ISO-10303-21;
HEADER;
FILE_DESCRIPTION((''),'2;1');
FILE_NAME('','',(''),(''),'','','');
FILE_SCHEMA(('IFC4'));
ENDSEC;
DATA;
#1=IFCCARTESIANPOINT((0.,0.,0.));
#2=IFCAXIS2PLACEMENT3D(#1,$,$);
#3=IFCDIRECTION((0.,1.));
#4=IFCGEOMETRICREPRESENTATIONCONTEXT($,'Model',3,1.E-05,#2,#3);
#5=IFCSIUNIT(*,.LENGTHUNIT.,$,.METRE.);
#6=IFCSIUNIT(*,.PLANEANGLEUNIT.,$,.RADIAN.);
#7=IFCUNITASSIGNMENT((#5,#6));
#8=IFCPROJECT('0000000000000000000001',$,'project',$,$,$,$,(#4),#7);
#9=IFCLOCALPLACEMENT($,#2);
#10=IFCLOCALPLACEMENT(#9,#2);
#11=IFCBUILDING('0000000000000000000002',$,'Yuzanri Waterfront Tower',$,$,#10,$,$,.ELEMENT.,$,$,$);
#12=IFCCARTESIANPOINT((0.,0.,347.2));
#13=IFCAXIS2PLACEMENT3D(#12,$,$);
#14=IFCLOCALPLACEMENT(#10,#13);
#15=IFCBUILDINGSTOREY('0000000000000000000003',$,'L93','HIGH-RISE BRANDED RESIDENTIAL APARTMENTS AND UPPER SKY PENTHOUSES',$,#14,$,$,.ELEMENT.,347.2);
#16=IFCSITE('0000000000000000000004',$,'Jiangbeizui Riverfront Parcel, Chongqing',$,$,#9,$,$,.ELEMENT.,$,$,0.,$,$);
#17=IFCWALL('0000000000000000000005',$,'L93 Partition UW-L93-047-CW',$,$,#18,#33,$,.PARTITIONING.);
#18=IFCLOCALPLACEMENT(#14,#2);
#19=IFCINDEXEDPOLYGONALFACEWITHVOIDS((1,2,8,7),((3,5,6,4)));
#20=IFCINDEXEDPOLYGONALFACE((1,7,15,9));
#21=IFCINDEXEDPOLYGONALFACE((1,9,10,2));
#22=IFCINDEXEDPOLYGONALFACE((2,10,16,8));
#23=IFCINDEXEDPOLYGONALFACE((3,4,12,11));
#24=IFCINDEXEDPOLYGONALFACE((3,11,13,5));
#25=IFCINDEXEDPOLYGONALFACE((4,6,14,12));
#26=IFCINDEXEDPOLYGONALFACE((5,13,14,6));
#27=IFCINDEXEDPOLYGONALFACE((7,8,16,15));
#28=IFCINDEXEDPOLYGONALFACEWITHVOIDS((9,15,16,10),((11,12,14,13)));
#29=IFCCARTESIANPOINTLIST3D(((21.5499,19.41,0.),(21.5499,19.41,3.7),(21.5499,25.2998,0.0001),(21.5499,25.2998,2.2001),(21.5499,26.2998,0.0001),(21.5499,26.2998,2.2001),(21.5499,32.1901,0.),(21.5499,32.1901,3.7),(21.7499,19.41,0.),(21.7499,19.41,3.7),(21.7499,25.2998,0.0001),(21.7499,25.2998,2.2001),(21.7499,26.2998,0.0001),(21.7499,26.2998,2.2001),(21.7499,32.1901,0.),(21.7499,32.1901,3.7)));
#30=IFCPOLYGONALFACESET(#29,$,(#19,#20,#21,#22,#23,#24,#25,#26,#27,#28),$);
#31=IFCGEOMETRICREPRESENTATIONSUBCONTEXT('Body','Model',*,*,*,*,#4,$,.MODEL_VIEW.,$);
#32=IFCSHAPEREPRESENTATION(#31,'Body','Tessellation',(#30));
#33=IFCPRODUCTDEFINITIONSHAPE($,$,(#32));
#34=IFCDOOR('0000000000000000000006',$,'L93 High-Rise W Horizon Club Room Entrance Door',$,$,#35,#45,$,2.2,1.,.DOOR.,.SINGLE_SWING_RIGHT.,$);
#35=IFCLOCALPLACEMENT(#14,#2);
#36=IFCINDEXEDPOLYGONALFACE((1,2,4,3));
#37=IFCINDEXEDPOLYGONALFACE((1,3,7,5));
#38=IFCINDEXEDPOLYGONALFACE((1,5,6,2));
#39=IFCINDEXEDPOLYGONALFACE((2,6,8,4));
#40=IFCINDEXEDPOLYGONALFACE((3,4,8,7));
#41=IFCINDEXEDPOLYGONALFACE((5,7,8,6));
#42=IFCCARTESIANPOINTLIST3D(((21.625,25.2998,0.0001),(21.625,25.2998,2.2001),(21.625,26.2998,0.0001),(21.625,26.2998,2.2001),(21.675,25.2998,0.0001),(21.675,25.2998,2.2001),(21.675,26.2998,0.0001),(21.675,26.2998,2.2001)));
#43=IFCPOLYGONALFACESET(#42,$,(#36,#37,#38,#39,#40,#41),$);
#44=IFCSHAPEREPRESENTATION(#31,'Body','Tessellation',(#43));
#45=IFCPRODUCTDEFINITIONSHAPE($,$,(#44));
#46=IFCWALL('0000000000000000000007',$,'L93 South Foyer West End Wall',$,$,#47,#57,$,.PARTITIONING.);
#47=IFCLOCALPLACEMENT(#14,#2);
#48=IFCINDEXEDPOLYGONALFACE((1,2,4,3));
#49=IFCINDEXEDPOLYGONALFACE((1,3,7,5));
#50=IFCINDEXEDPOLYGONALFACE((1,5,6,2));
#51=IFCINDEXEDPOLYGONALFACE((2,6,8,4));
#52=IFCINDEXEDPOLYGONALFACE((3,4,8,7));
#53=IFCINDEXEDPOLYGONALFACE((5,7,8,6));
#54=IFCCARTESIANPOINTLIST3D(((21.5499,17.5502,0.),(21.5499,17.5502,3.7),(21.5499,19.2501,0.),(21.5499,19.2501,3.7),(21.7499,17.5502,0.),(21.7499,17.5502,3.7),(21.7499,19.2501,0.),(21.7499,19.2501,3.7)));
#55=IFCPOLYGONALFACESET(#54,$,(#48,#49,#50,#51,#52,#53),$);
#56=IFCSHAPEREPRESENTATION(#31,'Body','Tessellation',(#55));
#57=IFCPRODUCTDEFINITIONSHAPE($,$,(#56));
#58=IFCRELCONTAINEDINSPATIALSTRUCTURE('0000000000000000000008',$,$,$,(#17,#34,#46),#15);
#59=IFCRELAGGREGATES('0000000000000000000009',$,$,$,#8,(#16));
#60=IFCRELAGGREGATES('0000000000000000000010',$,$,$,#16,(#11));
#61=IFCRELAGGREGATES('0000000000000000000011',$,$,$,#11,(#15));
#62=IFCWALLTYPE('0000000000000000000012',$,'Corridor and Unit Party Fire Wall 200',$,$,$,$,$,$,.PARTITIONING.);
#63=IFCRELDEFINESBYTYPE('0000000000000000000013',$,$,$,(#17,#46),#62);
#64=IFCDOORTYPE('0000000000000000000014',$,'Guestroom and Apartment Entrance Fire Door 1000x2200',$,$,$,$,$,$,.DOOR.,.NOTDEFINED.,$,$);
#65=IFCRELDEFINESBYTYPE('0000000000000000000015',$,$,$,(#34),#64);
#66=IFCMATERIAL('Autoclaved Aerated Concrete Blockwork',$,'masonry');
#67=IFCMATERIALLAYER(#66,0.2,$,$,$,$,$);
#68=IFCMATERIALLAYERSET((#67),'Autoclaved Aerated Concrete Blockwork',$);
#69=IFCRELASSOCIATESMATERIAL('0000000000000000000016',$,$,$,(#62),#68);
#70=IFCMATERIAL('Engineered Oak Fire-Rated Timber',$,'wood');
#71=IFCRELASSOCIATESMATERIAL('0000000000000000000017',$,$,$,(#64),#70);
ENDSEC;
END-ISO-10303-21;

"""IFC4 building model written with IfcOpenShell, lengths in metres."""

from ifc_helpers import new_model, si_unit, direction, frame, frame_2d, origin, place, context, subcontext, project, spatial, rectangle, extrude, source, transform, mapped, material, layer, layer_set, type_object, element, fill, save


model = new_model("IFC4")

# Units and contexts
model_context = context("Model", 3, precision=1e-05, world=origin(), true_north=direction((0.0, 1.0)))
body_context = subcontext(model_context, "Body", "Model", "MODEL_VIEW")
ifc_project = project(units=[si_unit("LENGTHUNIT", "METRE"), si_unit("PLANEANGLEUNIT", "RADIAN")], contexts=[model_context])

# Site, building, storey
site_placement = place(None, origin())
site = spatial("IfcSite", under=ifc_project, at=site_placement, Name="Jiangbeizui Riverfront Parcel, Chongqing", CompositionType="ELEMENT", RefElevation=0.0)
building_placement = place(site_placement, origin())
building = spatial("IfcBuilding", under=site, at=building_placement, Name="Yuzanri Waterfront Tower", CompositionType="ELEMENT")
storey_placement = place(building_placement, frame((0.0, 0.0, 347.2)))
storey = spatial("IfcBuildingStorey", under=building, at=storey_placement, Name="L93", Description="HIGH-RISE BRANDED RESIDENTIAL APARTMENTS AND UPPER SKY PENTHOUSES", CompositionType="ELEMENT", Elevation=347.2)

# Wall, opening, door
ifc_material_1 = material(Name="Autoclaved Aerated Concrete Blockwork", Category="masonry")
ifc_layer_1 = layer(ifc_material_1, 0.2)
ifc_layer_set_1 = layer_set([ifc_layer_1], Name="Autoclaved Aerated Concrete Blockwork")
wall_type_1 = type_object("IfcWallType", Name="Corridor and Unit Party Fire Wall 200", PredefinedType="PARTITIONING", material=ifc_layer_set_1)
ifc_material_2 = material(Name="Engineered Oak Fire-Rated Timber", Category="wood")
door_type_1 = type_object("IfcDoorType", Name="Guestroom and Apartment Entrance Fire Door 1000x2200", OperationType="NOTDEFINED", PredefinedType="DOOR", material=ifc_material_2)
shared_shape_1 = source(origin(), body_context, "Body", "SweptSolid", [
    extrude(rectangle(XDim=1.0, YDim=2.2, at=frame_2d((0.5, 1.1001))), frame((0.0, 0.0249, 0.0), z_axis=(0.0, -1.0, 0.0), x_axis=(1.0, 0.0, 0.0)), (0.0, 0.0, 1.0), 0.05),
])
wall_1_placement = place(storey_placement, frame((21.6499, 19.4099, 0.0), z_axis=(0.0, 0.0, 1.0), x_axis=(0.0, 1.0, 0.0)))
wall_1 = element("IfcWall", 1, at=wall_1_placement, inside=storey, type_object=wall_type_1, Name="L93 Partition UW-L93-047-CW", PredefinedType="PARTITIONING", context=body_context, shape_type="SweptSolid", body=[
    extrude(rectangle(XDim=12.78, YDim=0.2, at=frame_2d((6.3901, 0.0))), origin(), (0.0, 0.0, 1.0), 3.7),
])
opening_1_placement = place(wall_1_placement, frame((5.8899, 0.0, 0.0)))
opening_1 = element("IfcOpeningElement", 2, at=opening_1_placement, cuts=wall_1, PredefinedType="OPENING", context=body_context, shape_type="SweptSolid", body=[
    extrude(rectangle(XDim=1.0, YDim=2.2, at=frame_2d((0.5, 1.1001))), frame((0.0, 0.1147, 0.0), z_axis=(0.0, -1.0, 0.0), x_axis=(1.0, 0.0, 0.0)), (0.0, 0.0, 1.0), 0.2297),
])
door_1_placement = place(opening_1_placement, origin())
door_1 = element("IfcDoor", 3, at=door_1_placement, inside=storey, type_object=door_type_1, Name="L93 High-Rise W Horizon Club Room Entrance Door", OperationType="SINGLE_SWING_RIGHT", OverallHeight=2.2, OverallWidth=1.0, PredefinedType="DOOR", context=body_context, shape_type="MappedRepresentation", body=[
    mapped(shared_shape_1, transform((0.0, 0.0, 0.0), scale=1.0)),
])
fill(opening_1, door_1)

# Wall
shared_shape_2 = source(origin(), body_context, "Body", "SweptSolid", [
    extrude(rectangle(XDim=1.7, YDim=0.2, at=frame_2d((0.8501, 0.0))), origin(), (0.0, 0.0, 1.0), 3.7),
])
wall_2_placement = place(storey_placement, frame((21.6499, 17.55, 0.0), z_axis=(0.0, 0.0, 1.0), x_axis=(0.0, 1.0, 0.0)))
element("IfcWall", 4, at=wall_2_placement, inside=storey, type_object=wall_type_1, Name="L93 South Foyer West End Wall", PredefinedType="PARTITIONING", context=body_context, shape_type="MappedRepresentation", body=[
    mapped(shared_shape_2, transform((0.0, 0.0, 0.0), scale=1.0)),
])

save(model, "model.ifc")
